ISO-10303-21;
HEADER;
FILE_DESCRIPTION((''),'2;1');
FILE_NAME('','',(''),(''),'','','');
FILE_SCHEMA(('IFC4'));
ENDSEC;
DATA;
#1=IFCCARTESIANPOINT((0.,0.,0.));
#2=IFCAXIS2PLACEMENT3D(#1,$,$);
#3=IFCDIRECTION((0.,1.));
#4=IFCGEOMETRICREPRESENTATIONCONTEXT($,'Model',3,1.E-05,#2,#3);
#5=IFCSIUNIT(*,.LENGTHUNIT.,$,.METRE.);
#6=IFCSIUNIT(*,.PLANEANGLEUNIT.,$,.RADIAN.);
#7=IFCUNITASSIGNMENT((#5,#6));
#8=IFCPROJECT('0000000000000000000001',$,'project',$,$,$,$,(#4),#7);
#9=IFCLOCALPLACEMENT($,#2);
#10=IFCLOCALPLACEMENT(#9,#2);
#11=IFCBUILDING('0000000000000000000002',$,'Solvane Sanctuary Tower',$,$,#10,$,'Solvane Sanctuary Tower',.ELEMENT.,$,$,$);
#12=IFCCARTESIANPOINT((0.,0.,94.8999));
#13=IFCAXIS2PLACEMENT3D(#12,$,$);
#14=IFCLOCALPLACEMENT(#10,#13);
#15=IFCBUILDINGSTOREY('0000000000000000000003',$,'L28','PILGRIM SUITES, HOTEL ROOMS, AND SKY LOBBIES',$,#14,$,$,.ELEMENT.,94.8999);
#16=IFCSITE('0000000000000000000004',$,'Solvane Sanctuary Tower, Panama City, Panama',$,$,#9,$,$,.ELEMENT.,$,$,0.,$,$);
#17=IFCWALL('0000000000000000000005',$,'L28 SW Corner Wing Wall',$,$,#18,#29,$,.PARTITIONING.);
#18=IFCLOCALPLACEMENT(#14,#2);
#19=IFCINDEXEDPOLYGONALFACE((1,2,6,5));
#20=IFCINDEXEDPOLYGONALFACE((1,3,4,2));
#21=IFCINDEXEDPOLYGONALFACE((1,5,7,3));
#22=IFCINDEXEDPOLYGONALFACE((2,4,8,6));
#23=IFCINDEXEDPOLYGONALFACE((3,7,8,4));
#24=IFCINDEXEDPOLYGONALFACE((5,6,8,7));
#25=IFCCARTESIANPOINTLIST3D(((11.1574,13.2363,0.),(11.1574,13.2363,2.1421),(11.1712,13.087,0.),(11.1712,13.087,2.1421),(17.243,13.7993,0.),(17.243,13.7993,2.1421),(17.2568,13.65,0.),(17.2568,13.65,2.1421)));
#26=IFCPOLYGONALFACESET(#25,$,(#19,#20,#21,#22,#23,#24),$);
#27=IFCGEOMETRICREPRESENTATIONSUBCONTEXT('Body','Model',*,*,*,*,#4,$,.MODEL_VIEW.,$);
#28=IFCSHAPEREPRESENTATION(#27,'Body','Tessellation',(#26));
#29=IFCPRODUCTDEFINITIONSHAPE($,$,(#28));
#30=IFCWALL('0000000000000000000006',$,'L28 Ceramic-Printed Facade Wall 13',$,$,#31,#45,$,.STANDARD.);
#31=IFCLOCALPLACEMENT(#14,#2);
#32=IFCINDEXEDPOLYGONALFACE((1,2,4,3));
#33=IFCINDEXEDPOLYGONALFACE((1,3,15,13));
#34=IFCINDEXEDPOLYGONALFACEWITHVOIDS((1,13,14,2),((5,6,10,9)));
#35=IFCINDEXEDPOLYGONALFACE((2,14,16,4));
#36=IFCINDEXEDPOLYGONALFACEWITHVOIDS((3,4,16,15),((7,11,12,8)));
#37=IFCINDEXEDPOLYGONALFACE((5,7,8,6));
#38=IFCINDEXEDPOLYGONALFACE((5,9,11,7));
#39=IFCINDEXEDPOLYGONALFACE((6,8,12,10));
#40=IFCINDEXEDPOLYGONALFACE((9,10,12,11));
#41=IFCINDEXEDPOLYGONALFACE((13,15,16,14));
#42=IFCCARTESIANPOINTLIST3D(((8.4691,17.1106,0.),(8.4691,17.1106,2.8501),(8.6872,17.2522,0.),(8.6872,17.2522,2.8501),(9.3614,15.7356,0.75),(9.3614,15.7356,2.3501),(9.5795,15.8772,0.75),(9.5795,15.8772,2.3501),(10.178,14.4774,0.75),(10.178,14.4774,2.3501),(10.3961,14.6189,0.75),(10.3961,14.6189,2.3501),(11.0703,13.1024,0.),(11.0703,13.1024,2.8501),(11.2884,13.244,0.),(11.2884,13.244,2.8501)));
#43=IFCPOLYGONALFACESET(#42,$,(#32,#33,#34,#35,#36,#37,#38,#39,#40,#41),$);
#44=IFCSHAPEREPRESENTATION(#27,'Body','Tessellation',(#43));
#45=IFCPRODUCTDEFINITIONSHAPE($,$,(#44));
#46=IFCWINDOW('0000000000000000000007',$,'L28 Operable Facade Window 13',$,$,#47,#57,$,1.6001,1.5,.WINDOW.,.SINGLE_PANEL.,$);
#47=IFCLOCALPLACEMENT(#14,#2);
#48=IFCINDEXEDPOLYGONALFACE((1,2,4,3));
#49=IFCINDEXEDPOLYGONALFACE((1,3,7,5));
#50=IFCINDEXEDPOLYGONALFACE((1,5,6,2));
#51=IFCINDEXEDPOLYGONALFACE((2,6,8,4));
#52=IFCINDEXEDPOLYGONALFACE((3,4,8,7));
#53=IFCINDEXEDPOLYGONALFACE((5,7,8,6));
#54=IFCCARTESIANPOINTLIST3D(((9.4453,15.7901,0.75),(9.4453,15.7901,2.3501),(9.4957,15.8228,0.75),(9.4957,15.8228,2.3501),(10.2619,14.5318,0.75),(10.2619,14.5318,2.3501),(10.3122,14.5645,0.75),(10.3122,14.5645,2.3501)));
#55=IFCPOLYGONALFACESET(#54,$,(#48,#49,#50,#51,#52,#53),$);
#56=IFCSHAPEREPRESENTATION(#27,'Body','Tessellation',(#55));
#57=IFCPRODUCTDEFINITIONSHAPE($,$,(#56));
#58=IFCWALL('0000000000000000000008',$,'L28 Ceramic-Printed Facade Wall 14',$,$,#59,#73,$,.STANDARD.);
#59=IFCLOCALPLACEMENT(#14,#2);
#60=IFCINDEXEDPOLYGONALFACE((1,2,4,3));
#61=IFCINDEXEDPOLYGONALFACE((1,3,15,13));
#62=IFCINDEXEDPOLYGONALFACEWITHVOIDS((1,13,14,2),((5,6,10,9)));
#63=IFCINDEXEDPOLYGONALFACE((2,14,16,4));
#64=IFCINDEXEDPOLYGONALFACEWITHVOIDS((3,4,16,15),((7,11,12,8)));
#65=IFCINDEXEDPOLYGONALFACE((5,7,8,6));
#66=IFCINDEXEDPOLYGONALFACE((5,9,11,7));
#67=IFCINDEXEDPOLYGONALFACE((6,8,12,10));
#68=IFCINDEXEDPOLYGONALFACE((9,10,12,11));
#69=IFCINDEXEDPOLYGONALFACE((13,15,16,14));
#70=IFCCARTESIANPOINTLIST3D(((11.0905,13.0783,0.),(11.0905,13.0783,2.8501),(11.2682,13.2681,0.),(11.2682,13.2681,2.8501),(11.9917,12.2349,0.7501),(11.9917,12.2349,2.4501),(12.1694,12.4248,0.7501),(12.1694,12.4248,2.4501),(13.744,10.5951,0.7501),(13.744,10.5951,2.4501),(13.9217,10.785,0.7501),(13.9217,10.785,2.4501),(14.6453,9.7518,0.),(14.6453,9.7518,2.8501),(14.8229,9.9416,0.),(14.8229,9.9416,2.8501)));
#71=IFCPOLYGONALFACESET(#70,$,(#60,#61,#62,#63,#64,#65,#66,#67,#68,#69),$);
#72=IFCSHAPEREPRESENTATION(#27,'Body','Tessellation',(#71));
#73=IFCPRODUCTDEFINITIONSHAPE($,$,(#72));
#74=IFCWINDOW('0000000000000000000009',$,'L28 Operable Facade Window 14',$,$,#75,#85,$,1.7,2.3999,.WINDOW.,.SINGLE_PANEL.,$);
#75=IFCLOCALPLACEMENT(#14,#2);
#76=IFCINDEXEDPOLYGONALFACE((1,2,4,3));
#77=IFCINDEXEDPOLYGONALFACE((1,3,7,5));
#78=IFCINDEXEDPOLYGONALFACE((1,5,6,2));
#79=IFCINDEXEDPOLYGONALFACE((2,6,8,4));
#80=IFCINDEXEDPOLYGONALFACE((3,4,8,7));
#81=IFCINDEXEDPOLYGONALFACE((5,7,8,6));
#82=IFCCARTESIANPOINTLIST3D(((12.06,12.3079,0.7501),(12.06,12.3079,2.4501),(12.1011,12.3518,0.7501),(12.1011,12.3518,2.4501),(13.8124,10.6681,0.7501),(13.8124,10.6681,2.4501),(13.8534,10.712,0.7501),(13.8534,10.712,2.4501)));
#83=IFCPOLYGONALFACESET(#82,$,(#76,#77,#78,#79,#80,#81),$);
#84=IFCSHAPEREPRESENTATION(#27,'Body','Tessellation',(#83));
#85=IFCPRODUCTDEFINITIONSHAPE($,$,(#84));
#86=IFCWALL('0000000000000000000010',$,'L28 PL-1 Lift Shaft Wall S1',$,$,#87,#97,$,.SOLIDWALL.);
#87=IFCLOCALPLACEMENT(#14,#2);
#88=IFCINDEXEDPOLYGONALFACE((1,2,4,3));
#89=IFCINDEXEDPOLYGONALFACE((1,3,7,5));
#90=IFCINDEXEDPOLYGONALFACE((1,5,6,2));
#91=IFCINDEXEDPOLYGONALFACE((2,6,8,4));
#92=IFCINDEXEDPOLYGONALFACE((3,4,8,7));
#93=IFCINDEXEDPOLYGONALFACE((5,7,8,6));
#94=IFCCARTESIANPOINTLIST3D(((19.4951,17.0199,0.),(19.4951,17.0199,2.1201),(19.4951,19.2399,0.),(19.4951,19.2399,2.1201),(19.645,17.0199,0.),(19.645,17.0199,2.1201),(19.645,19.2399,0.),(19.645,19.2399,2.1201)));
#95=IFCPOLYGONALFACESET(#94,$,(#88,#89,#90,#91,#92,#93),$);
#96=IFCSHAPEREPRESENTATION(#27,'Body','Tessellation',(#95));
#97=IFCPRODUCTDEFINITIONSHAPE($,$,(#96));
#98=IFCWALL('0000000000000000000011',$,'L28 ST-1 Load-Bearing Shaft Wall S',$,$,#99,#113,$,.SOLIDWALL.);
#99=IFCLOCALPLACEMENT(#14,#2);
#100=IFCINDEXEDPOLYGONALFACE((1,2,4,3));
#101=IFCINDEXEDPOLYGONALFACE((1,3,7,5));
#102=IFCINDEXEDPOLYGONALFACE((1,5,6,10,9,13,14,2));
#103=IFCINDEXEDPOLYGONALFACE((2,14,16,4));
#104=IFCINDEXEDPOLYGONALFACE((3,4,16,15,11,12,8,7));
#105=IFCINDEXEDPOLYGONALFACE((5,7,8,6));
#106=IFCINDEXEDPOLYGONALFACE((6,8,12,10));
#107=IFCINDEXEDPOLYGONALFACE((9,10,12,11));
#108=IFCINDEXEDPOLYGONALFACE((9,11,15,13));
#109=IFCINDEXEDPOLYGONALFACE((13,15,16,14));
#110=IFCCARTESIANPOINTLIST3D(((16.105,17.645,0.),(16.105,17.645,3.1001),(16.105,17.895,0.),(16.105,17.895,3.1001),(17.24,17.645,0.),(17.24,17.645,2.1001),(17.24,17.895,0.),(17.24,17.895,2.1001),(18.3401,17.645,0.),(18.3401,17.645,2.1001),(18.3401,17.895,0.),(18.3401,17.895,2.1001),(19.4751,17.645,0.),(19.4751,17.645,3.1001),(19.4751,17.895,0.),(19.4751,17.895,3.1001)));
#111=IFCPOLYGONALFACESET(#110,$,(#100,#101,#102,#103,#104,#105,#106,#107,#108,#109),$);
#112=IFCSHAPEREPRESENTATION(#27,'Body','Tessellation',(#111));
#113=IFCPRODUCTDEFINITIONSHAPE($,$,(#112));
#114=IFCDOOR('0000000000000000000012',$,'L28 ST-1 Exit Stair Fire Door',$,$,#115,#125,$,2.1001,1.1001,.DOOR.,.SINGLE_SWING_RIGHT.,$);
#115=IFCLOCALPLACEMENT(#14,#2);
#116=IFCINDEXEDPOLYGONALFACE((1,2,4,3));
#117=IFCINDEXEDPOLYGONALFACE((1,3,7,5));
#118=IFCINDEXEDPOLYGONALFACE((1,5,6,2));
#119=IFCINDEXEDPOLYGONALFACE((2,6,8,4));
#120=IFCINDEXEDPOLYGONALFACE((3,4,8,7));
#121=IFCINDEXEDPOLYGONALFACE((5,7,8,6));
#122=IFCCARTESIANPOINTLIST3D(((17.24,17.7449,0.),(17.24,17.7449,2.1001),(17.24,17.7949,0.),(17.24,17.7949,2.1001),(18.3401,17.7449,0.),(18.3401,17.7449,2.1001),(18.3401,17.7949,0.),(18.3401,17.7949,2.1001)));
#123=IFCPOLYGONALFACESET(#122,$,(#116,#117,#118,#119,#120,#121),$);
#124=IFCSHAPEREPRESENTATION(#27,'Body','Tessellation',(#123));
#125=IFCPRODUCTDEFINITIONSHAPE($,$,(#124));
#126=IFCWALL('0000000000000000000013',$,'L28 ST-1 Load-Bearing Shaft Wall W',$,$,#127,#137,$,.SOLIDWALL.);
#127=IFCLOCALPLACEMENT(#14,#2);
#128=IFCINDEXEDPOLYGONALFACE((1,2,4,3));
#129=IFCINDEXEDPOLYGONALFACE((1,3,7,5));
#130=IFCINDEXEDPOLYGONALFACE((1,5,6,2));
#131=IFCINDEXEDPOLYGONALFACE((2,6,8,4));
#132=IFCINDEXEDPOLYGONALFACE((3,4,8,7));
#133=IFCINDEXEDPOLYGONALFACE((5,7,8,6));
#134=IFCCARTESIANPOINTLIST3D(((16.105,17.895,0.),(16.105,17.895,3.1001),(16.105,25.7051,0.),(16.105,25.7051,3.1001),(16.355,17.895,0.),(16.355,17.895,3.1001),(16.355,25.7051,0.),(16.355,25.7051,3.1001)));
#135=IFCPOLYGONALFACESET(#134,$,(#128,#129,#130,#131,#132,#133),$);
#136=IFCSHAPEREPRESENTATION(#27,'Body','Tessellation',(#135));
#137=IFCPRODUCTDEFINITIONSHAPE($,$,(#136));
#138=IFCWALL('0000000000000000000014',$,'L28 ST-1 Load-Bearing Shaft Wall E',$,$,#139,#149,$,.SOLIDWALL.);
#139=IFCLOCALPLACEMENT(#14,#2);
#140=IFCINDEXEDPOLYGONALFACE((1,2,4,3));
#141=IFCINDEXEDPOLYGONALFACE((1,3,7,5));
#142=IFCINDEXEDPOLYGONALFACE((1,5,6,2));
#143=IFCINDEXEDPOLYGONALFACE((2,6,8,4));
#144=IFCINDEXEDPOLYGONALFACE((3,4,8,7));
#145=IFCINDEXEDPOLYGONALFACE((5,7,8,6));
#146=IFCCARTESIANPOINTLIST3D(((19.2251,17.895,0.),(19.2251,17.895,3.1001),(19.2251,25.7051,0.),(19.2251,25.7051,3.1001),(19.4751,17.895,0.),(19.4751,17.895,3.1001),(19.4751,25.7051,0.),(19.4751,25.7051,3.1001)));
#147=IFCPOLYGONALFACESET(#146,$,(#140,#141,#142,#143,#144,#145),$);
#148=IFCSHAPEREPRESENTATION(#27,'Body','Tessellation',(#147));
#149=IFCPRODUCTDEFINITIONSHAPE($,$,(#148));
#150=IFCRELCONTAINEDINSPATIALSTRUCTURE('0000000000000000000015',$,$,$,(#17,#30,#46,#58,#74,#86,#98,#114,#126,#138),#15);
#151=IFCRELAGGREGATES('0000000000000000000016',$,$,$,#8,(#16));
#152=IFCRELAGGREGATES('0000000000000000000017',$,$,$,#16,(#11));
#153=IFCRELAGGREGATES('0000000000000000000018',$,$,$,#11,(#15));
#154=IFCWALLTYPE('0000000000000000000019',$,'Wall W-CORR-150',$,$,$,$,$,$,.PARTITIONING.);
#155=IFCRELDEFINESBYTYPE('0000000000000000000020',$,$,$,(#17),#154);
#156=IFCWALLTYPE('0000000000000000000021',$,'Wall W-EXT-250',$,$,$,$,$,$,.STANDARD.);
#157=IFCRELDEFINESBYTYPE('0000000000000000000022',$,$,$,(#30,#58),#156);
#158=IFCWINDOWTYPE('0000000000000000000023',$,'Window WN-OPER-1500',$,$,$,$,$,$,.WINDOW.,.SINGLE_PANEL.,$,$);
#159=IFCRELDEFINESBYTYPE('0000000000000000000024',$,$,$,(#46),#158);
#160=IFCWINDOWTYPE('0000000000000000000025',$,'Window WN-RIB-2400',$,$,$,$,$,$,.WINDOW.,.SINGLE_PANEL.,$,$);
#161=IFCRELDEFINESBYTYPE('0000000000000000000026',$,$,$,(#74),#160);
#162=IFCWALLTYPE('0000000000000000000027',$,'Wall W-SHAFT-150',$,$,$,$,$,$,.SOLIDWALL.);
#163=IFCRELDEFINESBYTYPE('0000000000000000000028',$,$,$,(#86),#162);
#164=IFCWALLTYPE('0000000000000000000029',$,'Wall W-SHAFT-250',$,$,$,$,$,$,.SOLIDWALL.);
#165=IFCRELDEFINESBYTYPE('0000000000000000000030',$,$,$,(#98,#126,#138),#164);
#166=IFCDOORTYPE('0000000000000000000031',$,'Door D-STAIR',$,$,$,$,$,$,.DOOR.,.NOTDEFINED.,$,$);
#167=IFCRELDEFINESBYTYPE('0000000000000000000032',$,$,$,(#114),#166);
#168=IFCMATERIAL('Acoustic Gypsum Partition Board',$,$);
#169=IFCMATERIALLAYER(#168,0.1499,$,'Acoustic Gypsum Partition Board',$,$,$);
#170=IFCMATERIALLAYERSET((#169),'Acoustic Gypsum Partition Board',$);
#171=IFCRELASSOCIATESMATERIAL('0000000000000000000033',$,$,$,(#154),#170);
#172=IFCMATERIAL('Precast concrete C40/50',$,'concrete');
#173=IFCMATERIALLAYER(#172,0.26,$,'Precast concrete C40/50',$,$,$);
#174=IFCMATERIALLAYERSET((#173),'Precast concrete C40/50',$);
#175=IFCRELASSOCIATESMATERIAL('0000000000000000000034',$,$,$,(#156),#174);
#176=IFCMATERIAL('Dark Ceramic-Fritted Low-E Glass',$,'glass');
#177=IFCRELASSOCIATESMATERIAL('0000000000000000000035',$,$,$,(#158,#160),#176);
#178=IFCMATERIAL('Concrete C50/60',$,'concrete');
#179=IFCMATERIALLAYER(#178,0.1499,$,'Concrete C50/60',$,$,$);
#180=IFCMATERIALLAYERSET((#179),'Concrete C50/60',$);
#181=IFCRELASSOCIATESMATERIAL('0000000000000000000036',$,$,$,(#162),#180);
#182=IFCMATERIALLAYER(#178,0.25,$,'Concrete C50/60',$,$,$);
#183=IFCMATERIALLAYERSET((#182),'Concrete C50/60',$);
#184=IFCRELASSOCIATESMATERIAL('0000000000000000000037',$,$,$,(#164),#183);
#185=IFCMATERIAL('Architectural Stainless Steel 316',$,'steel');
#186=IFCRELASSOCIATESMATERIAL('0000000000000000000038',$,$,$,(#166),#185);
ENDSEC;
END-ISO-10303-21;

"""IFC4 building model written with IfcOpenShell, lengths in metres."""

from ifc_helpers import new_model, si_unit, direction, frame, frame_2d, origin, place, context, subcontext, project, spatial, rectangle, extrude, material, layer, layer_set, type_object, element, fill, save


model = new_model("IFC4")

# Units and contexts
model_context = context("Model", 3, precision=1e-05, world=origin(), true_north=direction((0.0, 1.0)))
body_context = subcontext(model_context, "Body", "Model", "MODEL_VIEW")
ifc_project = project(units=[si_unit("LENGTHUNIT", "METRE"), si_unit("PLANEANGLEUNIT", "RADIAN")], contexts=[model_context])

# Site, building, storey
site_placement = place(None, origin())
site = spatial("IfcSite", under=ifc_project, at=site_placement, Name="Solvane Sanctuary Tower, Panama City, Panama", CompositionType="ELEMENT", RefElevation=0.0)
building_placement = place(site_placement, origin())
building = spatial("IfcBuilding", under=site, at=building_placement, Name="Solvane Sanctuary Tower", LongName="Solvane Sanctuary Tower", CompositionType="ELEMENT")
storey_placement = place(building_placement, frame((0.0, 0.0, 94.8999)))
storey = spatial("IfcBuildingStorey", under=building, at=storey_placement, Name="L28", Description="PILGRIM SUITES, HOTEL ROOMS, AND SKY LOBBIES", CompositionType="ELEMENT", Elevation=94.8999)

# Shared definitions
ifc_material_1 = material(Name="Acoustic Gypsum Partition Board")
ifc_layer_1 = layer(ifc_material_1, 0.1499, Name="Acoustic Gypsum Partition Board")
ifc_layer_set_1 = layer_set([ifc_layer_1], Name="Acoustic Gypsum Partition Board")
wall_type_1 = type_object("IfcWallType", Name="Wall W-CORR-150", PredefinedType="PARTITIONING", material=ifc_layer_set_1)

# Wall
wall_1_placement = place(storey_placement, frame((17.2498, 13.7246, 0.0), z_axis=(0.0, 0.0, 1.0), x_axis=(-0.995748, -0.092117, 0.0)))
element("IfcWall", 1, at=wall_1_placement, inside=storey, type_object=wall_type_1, Name="L28 SW Corner Wing Wall", PredefinedType="PARTITIONING", context=body_context, shape_type="SweptSolid", body=[
    extrude(rectangle(XDim=6.1116, YDim=0.1499, at=frame_2d((3.0557, 0.0))), origin(), (0.0, 0.0, 1.0), 2.1421),
])

# Walls, openings, windows
ifc_material_2 = material(Name="Precast concrete C40/50", Category="concrete")
ifc_layer_2 = layer(ifc_material_2, 0.26, Name="Precast concrete C40/50")
ifc_layer_set_2 = layer_set([ifc_layer_2], Name="Precast concrete C40/50")
wall_type_2 = type_object("IfcWallType", Name="Wall W-EXT-250", PredefinedType="STANDARD", material=ifc_layer_set_2)
wall_2_placement = place(storey_placement, frame((8.5781, 17.1814, 0.0), z_axis=(0.0, 0.0, 1.0), x_axis=(0.544388, -0.838833, 0.0)))
wall_2 = element("IfcWall", 2, at=wall_2_placement, inside=storey, type_object=wall_type_2, Name="L28 Ceramic-Printed Facade Wall 13", PredefinedType="STANDARD", context=body_context, shape_type="SweptSolid", body=[
    extrude(rectangle(XDim=4.7783, YDim=0.26, at=frame_2d((2.3892, 0.0))), origin(), (0.0, 0.0, 1.0), 2.8501),
])
opening_1_placement = place(wall_2_placement, frame((1.6392, 0.0, 0.75)))
opening_1 = element("IfcOpeningElement", 3, at=opening_1_placement, cuts=wall_2, PredefinedType="OPENING", context=body_context, shape_type="SweptSolid", body=[
    extrude(rectangle(XDim=1.5, YDim=1.6001, at=frame_2d((0.75, 0.8))), frame((0.0, 0.1399, 0.0), z_axis=(0.0, -1.0, 0.0), x_axis=(1.0, 0.0, 0.0)), (0.0, 0.0, 1.0), 0.28),
])
ifc_material_3 = material(Name="Dark Ceramic-Fritted Low-E Glass", Category="glass")
window_type_1 = type_object("IfcWindowType", Name="Window WN-OPER-1500", PartitioningType="SINGLE_PANEL", PredefinedType="WINDOW", material=ifc_material_3)
window_1_placement = place(opening_1_placement, origin())
window_1 = element("IfcWindow", 4, at=window_1_placement, inside=storey, type_object=window_type_1, Name="L28 Operable Facade Window 13", OverallHeight=1.6001, OverallWidth=1.5, PartitioningType="SINGLE_PANEL", PredefinedType="WINDOW", context=body_context, shape_type="SweptSolid", body=[
    extrude(rectangle(XDim=1.5, YDim=1.6001, at=frame_2d((0.75, 0.8))), frame((0.0, 0.03, 0.0), z_axis=(0.0, -1.0, 0.0), x_axis=(1.0, 0.0, 0.0)), (0.0, 0.0, 1.0), 0.0601),
])
fill(opening_1, window_1)
wall_3_placement = place(storey_placement, frame((11.1794, 13.1731, 0.0), z_axis=(0.0, 0.0, 1.0), x_axis=(0.730162, -0.683274, 0.0)))
wall_3 = element("IfcWall", 5, at=wall_3_placement, inside=storey, type_object=wall_type_2, Name="L28 Ceramic-Printed Facade Wall 14", PredefinedType="STANDARD", context=body_context, shape_type="SweptSolid", body=[
    extrude(rectangle(XDim=4.8684, YDim=0.26, at=frame_2d((2.4341, 0.0))), origin(), (0.0, 0.0, 1.0), 2.8501),
])
opening_2_placement = place(wall_3_placement, frame((1.2341, 0.0, 0.75)))
opening_2 = element("IfcOpeningElement", 6, at=opening_2_placement, cuts=wall_3, PredefinedType="OPENING", context=body_context, shape_type="SweptSolid", body=[
    extrude(rectangle(XDim=2.3999, YDim=1.7, at=frame_2d((1.2, 0.8501))), frame((0.0, 0.1399, 0.0), z_axis=(0.0, -1.0, 0.0), x_axis=(1.0, 0.0, 0.0)), (0.0, 0.0, 1.0), 0.28),
])
window_type_2 = type_object("IfcWindowType", Name="Window WN-RIB-2400", PartitioningType="SINGLE_PANEL", PredefinedType="WINDOW", material=ifc_material_3)
window_2_placement = place(opening_2_placement, origin())
window_2 = element("IfcWindow", 7, at=window_2_placement, inside=storey, type_object=window_type_2, Name="L28 Operable Facade Window 14", OverallHeight=1.7, OverallWidth=2.3999, PartitioningType="SINGLE_PANEL", PredefinedType="WINDOW", context=body_context, shape_type="SweptSolid", body=[
    extrude(rectangle(XDim=2.3999, YDim=1.7, at=frame_2d((1.2, 0.8501))), frame((0.0, 0.03, 0.0), z_axis=(0.0, -1.0, 0.0), x_axis=(1.0, 0.0, 0.0)), (0.0, 0.0, 1.0), 0.0601),
])
fill(opening_2, window_2)

# Wall
ifc_material_4 = material(Name="Concrete C50/60", Category="concrete")
ifc_layer_3 = layer(ifc_material_4, 0.1499, Name="Concrete C50/60")
ifc_layer_set_3 = layer_set([ifc_layer_3], Name="Concrete C50/60")
wall_type_3 = type_object("IfcWallType", Name="Wall W-SHAFT-150", PredefinedType="SOLIDWALL", material=ifc_layer_set_3)
wall_4_placement = place(storey_placement, frame((19.5701, 17.02, 0.0), z_axis=(0.0, 0.0, 1.0), x_axis=(0.0, 1.0, 0.0)))
element("IfcWall", 8, at=wall_4_placement, inside=storey, type_object=wall_type_3, Name="L28 PL-1 Lift Shaft Wall S1", PredefinedType="SOLIDWALL", context=body_context, shape_type="SweptSolid", body=[
    extrude(rectangle(XDim=2.22, YDim=0.1499, at=frame_2d((1.1099, 0.0))), origin(), (0.0, 0.0, 1.0), 2.1201),
])

# Wall, opening, door
ifc_layer_4 = layer(ifc_material_4, 0.25, Name="Concrete C50/60")
ifc_layer_set_4 = layer_set([ifc_layer_4], Name="Concrete C50/60")
wall_type_4 = type_object("IfcWallType", Name="Wall W-SHAFT-250", PredefinedType="SOLIDWALL", material=ifc_layer_set_4)
wall_5_placement = place(storey_placement, frame((16.105, 17.77, 0.0), z_axis=(0.0, 0.0, 1.0), x_axis=(1.0, 0.0, 0.0)))
wall_5 = element("IfcWall", 9, at=wall_5_placement, inside=storey, type_object=wall_type_4, Name="L28 ST-1 Load-Bearing Shaft Wall S", PredefinedType="SOLIDWALL", context=body_context, shape_type="SweptSolid", body=[
    extrude(rectangle(XDim=3.3701, YDim=0.25, at=frame_2d((1.6851, 0.0))), origin(), (0.0, 0.0, 1.0), 3.1001),
])
opening_3_placement = place(wall_5_placement, frame((1.135, 0.0, 0.0)))
opening_3 = element("IfcOpeningElement", 10, at=opening_3_placement, cuts=wall_5, PredefinedType="OPENING", context=body_context, shape_type="SweptSolid", body=[
    extrude(rectangle(XDim=1.1001, YDim=2.1001, at=frame_2d((0.55, 1.05))), frame((0.0, 0.135, 0.0), z_axis=(0.0, -1.0, 0.0), x_axis=(1.0, 0.0, 0.0)), (0.0, 0.0, 1.0), 0.27),
])
ifc_material_5 = material(Name="Architectural Stainless Steel 316", Category="steel")
door_type_1 = type_object("IfcDoorType", Name="Door D-STAIR", OperationType="NOTDEFINED", PredefinedType="DOOR", material=ifc_material_5)
door_1_placement = place(opening_3_placement, origin())
door_1 = element("IfcDoor", 11, at=door_1_placement, inside=storey, type_object=door_type_1, Name="L28 ST-1 Exit Stair Fire Door", OperationType="SINGLE_SWING_RIGHT", OverallHeight=2.1001, OverallWidth=1.1001, PredefinedType="DOOR", context=body_context, shape_type="SweptSolid", body=[
    extrude(rectangle(XDim=1.1001, YDim=2.1001, at=frame_2d((0.55, 1.05))), frame((0.0, 0.0249, 0.0), z_axis=(0.0, -1.0, 0.0), x_axis=(1.0, 0.0, 0.0)), (0.0, 0.0, 1.0), 0.05),
])
fill(opening_3, door_1)

# Walls
for number, where, z_axis, x_axis, name in (
    (12, (16.23, 17.895, 0.0), (0.0, 0.0, 1.0), (0.0, 1.0, 0.0), "L28 ST-1 Load-Bearing Shaft Wall W"),
    (13, (19.3501, 17.895, 0.0), (0.0, 0.0, 1.0), (0.0, 1.0, 0.0), "L28 ST-1 Load-Bearing Shaft Wall E"),
):
    element("IfcWall", number, at=place(storey_placement, frame(where, z_axis=z_axis, x_axis=x_axis)), inside=storey, type_object=wall_type_4, Name=name, PredefinedType="SOLIDWALL", context=body_context, shape_type="SweptSolid", body=[
        extrude(rectangle(XDim=7.8101, YDim=0.25, at=frame_2d((3.905, 0.0))), origin(), (0.0, 0.0, 1.0), 3.1001),
    ])

save(model, "model.ifc")
